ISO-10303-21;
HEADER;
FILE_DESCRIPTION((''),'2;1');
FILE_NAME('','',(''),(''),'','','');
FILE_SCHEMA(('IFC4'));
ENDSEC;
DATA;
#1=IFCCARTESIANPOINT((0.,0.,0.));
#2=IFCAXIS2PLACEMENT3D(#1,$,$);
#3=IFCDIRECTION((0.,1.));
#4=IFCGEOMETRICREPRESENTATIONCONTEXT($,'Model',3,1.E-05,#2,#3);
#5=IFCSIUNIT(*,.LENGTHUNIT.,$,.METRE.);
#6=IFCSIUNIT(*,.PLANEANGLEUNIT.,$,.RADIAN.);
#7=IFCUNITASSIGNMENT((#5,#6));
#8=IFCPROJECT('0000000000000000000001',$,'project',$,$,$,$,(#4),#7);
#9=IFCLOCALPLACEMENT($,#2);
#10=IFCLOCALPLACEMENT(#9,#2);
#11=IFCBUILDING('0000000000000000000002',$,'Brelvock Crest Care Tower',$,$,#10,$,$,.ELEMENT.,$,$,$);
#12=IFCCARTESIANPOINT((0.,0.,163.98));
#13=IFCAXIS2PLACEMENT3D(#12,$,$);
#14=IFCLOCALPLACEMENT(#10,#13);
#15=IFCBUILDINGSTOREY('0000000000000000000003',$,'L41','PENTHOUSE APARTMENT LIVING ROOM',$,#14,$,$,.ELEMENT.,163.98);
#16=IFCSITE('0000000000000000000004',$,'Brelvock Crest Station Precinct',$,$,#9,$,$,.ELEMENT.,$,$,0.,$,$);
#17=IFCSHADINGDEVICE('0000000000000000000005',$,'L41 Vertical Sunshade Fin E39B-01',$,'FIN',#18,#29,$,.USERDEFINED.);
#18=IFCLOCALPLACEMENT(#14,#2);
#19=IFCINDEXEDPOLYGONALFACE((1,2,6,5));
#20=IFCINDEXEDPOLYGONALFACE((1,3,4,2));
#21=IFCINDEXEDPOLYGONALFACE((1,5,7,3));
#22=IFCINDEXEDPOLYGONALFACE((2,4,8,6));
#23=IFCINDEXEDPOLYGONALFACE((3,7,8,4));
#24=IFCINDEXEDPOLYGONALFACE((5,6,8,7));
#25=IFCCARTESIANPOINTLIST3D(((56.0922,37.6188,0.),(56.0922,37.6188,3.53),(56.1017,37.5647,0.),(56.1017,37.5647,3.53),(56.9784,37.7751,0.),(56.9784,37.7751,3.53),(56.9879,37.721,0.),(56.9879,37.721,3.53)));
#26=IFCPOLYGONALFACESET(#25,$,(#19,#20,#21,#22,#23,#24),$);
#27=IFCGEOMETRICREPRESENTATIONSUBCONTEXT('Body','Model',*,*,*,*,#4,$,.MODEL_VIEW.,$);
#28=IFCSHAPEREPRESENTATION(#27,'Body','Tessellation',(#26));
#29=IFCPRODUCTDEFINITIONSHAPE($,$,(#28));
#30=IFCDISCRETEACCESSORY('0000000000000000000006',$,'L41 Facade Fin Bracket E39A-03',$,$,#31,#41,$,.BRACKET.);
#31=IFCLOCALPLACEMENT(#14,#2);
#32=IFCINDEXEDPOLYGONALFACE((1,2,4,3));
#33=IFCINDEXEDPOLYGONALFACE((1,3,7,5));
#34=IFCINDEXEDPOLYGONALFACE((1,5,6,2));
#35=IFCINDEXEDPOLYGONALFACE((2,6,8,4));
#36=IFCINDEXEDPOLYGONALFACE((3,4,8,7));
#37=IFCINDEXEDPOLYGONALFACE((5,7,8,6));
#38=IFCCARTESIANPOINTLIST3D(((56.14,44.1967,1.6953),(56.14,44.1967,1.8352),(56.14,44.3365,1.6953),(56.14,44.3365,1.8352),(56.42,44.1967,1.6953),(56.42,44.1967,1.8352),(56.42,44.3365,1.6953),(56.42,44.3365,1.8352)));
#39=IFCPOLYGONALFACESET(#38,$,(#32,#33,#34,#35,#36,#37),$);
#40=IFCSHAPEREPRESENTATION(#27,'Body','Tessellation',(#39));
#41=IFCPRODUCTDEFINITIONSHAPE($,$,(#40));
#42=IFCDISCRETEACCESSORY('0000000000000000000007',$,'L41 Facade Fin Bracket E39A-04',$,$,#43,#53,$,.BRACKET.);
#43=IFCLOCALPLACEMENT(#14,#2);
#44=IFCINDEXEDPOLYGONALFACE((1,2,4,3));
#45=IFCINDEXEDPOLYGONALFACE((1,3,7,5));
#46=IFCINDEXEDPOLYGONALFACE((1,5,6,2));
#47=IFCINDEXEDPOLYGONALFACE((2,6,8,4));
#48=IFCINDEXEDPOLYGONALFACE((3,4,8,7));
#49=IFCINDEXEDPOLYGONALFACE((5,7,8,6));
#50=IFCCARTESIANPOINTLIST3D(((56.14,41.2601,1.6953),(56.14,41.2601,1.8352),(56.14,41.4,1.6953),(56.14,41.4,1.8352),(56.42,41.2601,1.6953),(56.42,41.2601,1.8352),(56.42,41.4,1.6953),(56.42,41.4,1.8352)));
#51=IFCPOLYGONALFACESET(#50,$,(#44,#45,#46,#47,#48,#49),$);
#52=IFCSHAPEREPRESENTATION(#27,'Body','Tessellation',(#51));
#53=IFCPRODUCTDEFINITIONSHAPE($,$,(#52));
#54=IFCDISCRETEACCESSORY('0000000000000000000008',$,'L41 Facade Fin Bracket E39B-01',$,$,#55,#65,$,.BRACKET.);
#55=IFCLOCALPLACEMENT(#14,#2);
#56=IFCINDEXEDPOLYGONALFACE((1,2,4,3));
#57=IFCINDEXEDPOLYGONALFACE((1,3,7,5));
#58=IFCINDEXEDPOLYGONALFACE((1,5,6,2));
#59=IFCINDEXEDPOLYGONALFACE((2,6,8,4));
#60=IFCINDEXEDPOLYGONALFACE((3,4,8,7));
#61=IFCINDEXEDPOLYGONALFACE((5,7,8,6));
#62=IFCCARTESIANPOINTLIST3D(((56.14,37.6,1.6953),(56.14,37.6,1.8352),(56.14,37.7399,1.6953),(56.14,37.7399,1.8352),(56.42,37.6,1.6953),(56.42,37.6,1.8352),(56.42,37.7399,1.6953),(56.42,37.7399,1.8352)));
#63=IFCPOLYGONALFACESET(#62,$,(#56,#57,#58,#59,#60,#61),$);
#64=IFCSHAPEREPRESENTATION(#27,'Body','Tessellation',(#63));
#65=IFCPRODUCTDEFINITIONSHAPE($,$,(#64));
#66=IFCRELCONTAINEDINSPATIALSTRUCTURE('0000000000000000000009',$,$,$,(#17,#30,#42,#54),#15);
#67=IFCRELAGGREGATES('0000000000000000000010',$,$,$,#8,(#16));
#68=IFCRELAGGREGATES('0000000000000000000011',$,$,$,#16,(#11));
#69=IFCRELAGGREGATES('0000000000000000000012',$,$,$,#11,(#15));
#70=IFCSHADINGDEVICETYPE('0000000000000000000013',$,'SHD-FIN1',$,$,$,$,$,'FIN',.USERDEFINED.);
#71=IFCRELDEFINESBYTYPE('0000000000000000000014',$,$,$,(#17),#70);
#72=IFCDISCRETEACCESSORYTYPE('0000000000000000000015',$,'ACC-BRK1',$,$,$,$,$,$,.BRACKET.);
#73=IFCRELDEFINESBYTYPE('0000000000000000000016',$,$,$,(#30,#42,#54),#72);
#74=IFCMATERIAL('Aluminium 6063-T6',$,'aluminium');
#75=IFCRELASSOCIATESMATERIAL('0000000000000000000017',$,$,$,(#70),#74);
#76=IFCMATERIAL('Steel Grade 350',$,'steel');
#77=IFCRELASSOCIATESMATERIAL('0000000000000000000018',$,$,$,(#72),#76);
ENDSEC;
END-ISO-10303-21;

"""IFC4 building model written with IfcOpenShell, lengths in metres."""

from ifc_helpers import new_model, si_unit, direction, frame, origin, origin_2d, place, context, subcontext, project, spatial, rectangle, extrude, source, transform, mapped, material, material_profile, profile_set, type_object, element, save


model = new_model("IFC4")

# Units and contexts
model_context = context("Model", 3, precision=1e-05, world=origin(), true_north=direction((0.0, 1.0)))
body_context = subcontext(model_context, "Body", "Model", "MODEL_VIEW")
ifc_project = project(units=[si_unit("LENGTHUNIT", "METRE"), si_unit("PLANEANGLEUNIT", "RADIAN")], contexts=[model_context])

# Site, building, storey
site_placement = place(None, origin())
site = spatial("IfcSite", under=ifc_project, at=site_placement, Name="Brelvock Crest Station Precinct", CompositionType="ELEMENT", RefElevation=0.0)
building_placement = place(site_placement, origin())
building = spatial("IfcBuilding", under=site, at=building_placement, Name="Brelvock Crest Care Tower", CompositionType="ELEMENT")
storey_placement = place(building_placement, frame((0.0, 0.0, 163.98)))
storey = spatial("IfcBuildingStorey", under=building, at=storey_placement, Name="L41", Description="PENTHOUSE APARTMENT LIVING ROOM", CompositionType="ELEMENT", Elevation=163.98)

# Shared definitions
ifc_material_1 = material(Name="Aluminium 6063-T6", Category="aluminium")

# Shading device
ifc_material_profile_1 = material_profile(ifc_material_1, rectangle(XDim=0.0549, YDim=0.8999, at=origin_2d()), Name="FIN55x900")
ifc_profile_set_1 = profile_set([ifc_material_profile_1], Name="Aluminium 6063-T6")
shading_device_type = type_object("IfcShadingDeviceType", Name="SHD-FIN1", ElementType="FIN", PredefinedType="USERDEFINED", material=ifc_profile_set_1)
shared_shape_1 = source(origin(), body_context, "Body", "SweptSolid", [
    extrude(rectangle(XDim=0.0549, YDim=0.8999, at=origin_2d()), origin(), (0.0, 0.0, 1.0), 3.53),
])
for number, where, z_axis, x_axis, name in (
    (1, (56.54, 37.6699, 0.0), (0.0, 0.0, 1.0), (0.173648, -0.984808, 0.0), "L41 Vertical Sunshade Fin E39B-01"),
):
    element("IfcShadingDevice", number, at=place(storey_placement, frame(where, z_axis=z_axis, x_axis=x_axis)), inside=storey, type_object=shading_device_type, Name=name, ObjectType="FIN", PredefinedType="USERDEFINED", context=body_context, shape_type="MappedRepresentation", body=[
        mapped(shared_shape_1, transform((0.0, 0.0, 0.0), x_axis=(1.0, 0.0, 0.0), y_axis=(0.0, 1.0, 0.0), z_axis=(0.0, 0.0, 1.0), scale=1.0)),
    ])

# Discrete accessories
ifc_material_2 = material(Name="Steel Grade 350", Category="steel")
discrete_accessory_type = type_object("IfcDiscreteAccessoryType", Name="ACC-BRK1", PredefinedType="BRACKET", material=ifc_material_2)
shared_shape_2 = source(origin(), body_context, "Body", "SweptSolid", [
    extrude(rectangle(XDim=0.28, YDim=0.1399, at=origin_2d()), origin(), (0.0, 0.0, 1.0), 0.1399),
])
for number, where, z_axis, x_axis, name in (
    (2, (56.28, 44.2666, 1.6953), (0.0, 0.0, 1.0), (1.0, 0.0, 0.0), "L41 Facade Fin Bracket E39A-03"),
    (3, (56.28, 41.3301, 1.6953), (0.0, 0.0, 1.0), (1.0, 0.0, 0.0), "L41 Facade Fin Bracket E39A-04"),
    (4, (56.28, 37.6699, 1.6953), (0.0, 0.0, 1.0), (1.0, 0.0, 0.0), "L41 Facade Fin Bracket E39B-01"),
):
    element("IfcDiscreteAccessory", number, at=place(storey_placement, frame(where, z_axis=z_axis, x_axis=x_axis)), inside=storey, type_object=discrete_accessory_type, Name=name, PredefinedType="BRACKET", context=body_context, shape_type="MappedRepresentation", body=[
        mapped(shared_shape_2, transform((0.0, 0.0, 0.0), x_axis=(1.0, 0.0, 0.0), y_axis=(0.0, 1.0, 0.0), z_axis=(0.0, 0.0, 1.0), scale=1.0)),
    ])

save(model, "model.ifc")
